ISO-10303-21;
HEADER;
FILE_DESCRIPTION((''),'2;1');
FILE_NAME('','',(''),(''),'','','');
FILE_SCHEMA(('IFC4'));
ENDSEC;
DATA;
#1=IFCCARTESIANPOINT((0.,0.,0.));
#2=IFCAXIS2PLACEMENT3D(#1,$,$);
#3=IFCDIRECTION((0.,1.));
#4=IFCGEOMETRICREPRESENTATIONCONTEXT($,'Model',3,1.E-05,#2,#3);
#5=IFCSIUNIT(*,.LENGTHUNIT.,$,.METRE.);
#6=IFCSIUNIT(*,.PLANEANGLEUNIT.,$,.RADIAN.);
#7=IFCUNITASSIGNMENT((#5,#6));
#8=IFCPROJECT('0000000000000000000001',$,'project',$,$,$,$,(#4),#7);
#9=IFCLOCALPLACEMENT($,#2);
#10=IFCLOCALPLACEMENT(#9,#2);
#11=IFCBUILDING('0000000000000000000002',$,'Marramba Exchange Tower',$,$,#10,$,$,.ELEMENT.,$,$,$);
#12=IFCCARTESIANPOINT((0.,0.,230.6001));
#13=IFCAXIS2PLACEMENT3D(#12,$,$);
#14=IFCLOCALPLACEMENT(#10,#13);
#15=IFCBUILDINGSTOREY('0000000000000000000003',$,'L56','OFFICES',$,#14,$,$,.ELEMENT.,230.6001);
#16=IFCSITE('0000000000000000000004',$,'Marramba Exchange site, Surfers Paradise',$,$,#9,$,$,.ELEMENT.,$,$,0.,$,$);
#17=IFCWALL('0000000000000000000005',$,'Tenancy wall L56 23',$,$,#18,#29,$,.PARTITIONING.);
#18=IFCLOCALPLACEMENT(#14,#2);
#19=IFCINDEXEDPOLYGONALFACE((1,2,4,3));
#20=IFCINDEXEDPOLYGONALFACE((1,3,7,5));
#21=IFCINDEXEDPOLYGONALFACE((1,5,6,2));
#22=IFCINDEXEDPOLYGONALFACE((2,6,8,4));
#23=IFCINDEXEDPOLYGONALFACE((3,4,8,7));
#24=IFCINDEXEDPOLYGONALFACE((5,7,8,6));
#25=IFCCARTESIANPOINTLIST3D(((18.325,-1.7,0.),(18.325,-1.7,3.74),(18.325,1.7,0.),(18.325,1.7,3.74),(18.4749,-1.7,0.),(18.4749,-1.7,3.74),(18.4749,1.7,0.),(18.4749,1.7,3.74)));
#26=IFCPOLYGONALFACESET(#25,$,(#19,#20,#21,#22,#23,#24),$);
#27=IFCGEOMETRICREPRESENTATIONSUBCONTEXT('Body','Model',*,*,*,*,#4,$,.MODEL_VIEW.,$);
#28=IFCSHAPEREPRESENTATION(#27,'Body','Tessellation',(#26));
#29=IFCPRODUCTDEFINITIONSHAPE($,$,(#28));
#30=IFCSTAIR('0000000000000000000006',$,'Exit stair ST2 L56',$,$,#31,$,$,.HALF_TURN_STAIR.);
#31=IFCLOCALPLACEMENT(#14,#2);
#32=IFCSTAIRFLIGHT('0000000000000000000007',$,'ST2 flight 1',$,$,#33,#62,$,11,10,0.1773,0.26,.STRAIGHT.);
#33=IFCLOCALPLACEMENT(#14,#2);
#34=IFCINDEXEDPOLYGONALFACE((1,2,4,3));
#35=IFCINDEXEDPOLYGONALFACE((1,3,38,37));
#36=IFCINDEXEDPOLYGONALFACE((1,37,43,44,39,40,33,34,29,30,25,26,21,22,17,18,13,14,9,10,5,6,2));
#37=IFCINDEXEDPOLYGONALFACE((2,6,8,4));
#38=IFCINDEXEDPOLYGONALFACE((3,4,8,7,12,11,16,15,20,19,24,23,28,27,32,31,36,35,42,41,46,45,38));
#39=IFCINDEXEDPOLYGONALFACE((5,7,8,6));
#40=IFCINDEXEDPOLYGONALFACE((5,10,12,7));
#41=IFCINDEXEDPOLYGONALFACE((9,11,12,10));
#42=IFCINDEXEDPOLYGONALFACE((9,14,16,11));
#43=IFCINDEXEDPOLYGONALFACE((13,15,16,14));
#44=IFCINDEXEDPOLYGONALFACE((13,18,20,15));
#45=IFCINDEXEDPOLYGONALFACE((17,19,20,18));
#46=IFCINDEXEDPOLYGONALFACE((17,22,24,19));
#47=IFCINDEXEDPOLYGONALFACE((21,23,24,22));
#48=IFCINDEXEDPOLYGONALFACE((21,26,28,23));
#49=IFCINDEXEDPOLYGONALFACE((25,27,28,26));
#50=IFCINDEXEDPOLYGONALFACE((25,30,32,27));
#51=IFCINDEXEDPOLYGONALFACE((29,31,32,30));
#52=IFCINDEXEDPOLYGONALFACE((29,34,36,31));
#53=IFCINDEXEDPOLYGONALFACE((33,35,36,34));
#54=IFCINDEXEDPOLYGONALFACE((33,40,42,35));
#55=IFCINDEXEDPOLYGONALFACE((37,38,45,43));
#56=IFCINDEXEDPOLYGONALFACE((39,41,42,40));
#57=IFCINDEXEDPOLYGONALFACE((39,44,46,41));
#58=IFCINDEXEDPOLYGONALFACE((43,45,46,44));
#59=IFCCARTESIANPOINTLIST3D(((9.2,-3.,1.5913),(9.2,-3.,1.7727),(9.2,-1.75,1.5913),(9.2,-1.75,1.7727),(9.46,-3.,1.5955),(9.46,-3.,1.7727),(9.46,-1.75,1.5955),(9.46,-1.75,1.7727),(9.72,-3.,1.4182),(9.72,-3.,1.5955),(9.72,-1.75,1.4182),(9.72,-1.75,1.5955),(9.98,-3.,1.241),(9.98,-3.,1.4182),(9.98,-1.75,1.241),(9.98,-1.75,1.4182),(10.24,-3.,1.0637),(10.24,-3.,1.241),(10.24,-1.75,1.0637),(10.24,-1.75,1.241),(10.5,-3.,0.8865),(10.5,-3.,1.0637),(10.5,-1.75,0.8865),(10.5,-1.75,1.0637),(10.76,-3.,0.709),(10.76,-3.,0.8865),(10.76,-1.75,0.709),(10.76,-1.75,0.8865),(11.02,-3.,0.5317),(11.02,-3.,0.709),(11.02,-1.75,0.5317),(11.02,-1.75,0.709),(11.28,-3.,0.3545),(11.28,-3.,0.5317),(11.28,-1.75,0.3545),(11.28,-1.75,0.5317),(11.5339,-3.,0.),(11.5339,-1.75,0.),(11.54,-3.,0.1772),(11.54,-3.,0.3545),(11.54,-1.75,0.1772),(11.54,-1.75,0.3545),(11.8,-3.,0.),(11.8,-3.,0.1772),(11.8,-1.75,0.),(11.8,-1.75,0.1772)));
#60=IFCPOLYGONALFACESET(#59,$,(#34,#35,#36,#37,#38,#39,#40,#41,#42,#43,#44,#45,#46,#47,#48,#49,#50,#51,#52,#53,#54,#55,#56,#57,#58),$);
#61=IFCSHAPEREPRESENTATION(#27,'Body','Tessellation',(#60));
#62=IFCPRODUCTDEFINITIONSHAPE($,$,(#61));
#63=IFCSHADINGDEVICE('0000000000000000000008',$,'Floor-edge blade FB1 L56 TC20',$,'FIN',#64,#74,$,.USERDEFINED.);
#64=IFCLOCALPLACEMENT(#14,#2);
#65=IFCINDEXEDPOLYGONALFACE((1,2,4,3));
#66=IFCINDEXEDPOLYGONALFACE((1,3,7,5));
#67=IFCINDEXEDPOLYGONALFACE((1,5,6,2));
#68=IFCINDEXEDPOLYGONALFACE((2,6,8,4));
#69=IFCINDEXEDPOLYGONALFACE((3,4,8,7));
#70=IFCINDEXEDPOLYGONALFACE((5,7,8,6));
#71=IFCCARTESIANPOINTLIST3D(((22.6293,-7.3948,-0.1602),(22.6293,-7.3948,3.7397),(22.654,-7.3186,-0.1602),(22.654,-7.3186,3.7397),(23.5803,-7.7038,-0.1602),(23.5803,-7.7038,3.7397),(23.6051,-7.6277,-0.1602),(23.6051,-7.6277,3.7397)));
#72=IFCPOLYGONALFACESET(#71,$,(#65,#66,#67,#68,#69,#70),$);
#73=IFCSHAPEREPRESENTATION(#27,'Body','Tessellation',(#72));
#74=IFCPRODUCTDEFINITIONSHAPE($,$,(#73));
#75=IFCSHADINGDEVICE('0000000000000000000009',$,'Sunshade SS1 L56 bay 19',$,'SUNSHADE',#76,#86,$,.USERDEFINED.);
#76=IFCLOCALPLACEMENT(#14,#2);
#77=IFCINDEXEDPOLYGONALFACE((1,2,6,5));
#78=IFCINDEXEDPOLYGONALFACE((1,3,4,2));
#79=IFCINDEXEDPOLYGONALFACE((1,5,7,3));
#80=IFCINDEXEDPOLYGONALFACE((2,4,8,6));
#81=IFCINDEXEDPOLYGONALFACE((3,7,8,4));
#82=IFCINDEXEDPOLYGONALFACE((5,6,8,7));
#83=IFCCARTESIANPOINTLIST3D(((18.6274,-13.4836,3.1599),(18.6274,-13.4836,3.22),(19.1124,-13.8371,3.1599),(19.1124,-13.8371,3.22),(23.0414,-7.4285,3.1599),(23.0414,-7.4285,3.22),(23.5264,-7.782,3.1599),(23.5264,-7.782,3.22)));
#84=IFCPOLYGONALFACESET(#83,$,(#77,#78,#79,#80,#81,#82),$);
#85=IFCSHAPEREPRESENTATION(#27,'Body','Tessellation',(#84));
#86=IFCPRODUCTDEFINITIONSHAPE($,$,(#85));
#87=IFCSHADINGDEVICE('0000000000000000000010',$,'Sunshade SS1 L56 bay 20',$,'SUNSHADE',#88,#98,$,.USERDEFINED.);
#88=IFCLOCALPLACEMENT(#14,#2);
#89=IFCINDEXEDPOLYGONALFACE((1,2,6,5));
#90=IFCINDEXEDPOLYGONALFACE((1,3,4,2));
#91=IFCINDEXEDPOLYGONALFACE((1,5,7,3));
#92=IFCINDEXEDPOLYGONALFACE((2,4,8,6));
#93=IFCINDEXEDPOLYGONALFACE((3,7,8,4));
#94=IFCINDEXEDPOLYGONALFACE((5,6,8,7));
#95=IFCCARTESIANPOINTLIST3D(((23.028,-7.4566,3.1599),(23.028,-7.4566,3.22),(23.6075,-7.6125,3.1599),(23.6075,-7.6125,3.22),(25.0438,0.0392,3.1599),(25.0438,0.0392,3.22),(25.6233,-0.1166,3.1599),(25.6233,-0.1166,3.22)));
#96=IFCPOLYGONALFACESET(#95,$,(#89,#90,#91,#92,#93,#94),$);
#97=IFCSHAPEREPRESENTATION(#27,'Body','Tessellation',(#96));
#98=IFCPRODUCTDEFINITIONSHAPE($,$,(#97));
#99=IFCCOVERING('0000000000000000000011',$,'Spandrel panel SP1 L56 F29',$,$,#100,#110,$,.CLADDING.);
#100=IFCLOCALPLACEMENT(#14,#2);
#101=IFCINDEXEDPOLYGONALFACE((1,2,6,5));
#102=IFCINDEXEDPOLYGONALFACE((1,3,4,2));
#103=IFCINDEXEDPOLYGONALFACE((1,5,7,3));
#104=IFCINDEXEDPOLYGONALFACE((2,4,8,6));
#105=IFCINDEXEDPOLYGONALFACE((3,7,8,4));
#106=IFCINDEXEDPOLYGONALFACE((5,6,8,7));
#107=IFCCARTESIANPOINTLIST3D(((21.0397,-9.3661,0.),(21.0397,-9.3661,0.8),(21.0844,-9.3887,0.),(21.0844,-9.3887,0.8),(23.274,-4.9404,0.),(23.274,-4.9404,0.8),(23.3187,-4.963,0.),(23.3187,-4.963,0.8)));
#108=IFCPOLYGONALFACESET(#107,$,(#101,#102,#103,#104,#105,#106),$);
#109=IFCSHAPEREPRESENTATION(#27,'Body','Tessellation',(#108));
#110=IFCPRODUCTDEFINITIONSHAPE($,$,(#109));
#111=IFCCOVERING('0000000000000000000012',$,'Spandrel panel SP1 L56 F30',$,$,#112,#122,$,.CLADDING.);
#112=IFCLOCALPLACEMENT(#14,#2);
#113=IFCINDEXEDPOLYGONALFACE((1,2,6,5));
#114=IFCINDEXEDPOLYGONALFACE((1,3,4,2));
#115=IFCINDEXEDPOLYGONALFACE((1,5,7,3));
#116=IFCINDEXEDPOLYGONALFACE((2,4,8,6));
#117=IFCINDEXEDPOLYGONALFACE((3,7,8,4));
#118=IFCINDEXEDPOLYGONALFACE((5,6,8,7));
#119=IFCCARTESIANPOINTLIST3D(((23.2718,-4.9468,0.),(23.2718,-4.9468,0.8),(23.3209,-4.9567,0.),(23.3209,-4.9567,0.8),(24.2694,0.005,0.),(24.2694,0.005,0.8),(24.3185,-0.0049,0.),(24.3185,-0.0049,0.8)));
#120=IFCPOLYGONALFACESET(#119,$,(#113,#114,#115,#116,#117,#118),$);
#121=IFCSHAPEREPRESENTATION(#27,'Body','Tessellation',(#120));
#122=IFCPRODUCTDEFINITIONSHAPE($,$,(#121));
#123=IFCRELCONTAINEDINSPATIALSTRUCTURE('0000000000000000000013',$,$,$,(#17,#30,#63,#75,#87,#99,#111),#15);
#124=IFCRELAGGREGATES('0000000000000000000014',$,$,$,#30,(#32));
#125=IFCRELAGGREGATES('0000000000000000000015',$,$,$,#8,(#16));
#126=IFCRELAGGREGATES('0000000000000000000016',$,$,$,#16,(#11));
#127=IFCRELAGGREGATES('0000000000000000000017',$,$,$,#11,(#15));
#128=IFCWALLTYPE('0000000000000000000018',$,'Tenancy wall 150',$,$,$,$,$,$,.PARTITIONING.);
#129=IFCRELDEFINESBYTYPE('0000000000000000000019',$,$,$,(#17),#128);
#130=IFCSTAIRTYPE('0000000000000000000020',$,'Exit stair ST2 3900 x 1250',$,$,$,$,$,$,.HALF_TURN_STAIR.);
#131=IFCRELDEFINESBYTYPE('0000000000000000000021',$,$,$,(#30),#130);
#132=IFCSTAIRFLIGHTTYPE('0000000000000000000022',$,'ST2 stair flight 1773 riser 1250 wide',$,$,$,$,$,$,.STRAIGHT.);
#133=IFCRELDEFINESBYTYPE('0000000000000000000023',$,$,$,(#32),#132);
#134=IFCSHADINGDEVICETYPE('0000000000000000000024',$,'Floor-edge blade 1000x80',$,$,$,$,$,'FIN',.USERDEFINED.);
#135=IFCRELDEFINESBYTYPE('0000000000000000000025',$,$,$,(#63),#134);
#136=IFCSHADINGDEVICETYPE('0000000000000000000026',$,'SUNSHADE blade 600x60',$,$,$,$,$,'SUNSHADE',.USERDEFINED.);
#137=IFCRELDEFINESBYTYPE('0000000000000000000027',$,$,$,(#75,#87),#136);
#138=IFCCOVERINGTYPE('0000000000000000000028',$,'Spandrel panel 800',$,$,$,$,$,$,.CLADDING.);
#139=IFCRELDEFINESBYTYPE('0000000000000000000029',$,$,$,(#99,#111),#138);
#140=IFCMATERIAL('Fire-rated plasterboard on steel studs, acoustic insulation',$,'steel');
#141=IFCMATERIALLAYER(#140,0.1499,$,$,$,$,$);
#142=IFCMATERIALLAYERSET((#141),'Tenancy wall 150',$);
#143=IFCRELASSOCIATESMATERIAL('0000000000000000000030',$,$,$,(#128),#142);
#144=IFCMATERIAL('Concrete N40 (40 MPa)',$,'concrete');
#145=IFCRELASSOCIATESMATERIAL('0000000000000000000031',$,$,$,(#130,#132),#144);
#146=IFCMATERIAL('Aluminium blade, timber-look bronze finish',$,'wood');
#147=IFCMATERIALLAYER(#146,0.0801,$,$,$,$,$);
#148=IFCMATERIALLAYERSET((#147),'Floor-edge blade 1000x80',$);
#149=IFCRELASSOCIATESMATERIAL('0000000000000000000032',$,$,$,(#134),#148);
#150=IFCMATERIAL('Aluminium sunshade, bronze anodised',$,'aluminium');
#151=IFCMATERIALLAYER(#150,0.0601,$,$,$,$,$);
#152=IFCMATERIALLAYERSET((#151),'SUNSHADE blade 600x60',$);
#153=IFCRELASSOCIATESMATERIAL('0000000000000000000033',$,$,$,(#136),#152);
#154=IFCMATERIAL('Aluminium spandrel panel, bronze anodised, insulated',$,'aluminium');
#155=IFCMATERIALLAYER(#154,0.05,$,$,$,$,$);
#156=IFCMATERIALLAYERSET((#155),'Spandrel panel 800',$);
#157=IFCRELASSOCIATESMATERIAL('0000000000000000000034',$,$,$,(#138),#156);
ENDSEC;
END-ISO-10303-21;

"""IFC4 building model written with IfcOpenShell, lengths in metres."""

from ifc_helpers import new_model, si_unit, direction, frame, frame_2d, origin, origin_2d, place, context, subcontext, project, spatial, polyline, rectangle, outline, extrude, material, layer, layer_set, type_object, element, aggregate, save


model = new_model("IFC4")

# Units and contexts
model_context = context("Model", 3, precision=1e-05, world=origin(), true_north=direction((0.0, 1.0)))
body_context = subcontext(model_context, "Body", "Model", "MODEL_VIEW")
ifc_project = project(units=[si_unit("LENGTHUNIT", "METRE"), si_unit("PLANEANGLEUNIT", "RADIAN")], contexts=[model_context])

# Site, building, storey
site_placement = place(None, origin())
site = spatial("IfcSite", under=ifc_project, at=site_placement, Name="Marramba Exchange site, Surfers Paradise", CompositionType="ELEMENT", RefElevation=0.0)
building_placement = place(site_placement, origin())
building = spatial("IfcBuilding", under=site, at=building_placement, Name="Marramba Exchange Tower", CompositionType="ELEMENT")
storey_placement = place(building_placement, frame((0.0, 0.0, 230.6001)))
storey = spatial("IfcBuildingStorey", under=building, at=storey_placement, Name="L56", Description="OFFICES", CompositionType="ELEMENT", Elevation=230.6001)

# Wall
ifc_material_1 = material(Name="Fire-rated plasterboard on steel studs, acoustic insulation", Category="steel")
ifc_layer_1 = layer(ifc_material_1, 0.1499)
ifc_layer_set_1 = layer_set([ifc_layer_1], Name="Tenancy wall 150")
wall_type_1 = type_object("IfcWallType", Name="Tenancy wall 150", PredefinedType="PARTITIONING", material=ifc_layer_set_1)
wall_1_placement = place(storey_placement, frame((18.3999, -1.7, 0.0), z_axis=(0.0, 0.0, 1.0), x_axis=(0.0, 1.0, 0.0)))
element("IfcWall", 1, at=wall_1_placement, inside=storey, type_object=wall_type_1, Name="Tenancy wall L56 23", PredefinedType="PARTITIONING", context=body_context, shape_type="SweptSolid", body=[
    extrude(rectangle(XDim=3.3999, YDim=0.1499, at=frame_2d((1.7, 0.0))), origin(), (0.0, 0.0, 1.0), 3.74),
])

# Stair, stair flight
ifc_material_2 = material(Name="Concrete N40 (40 MPa)", Category="concrete")
stair_type = type_object("IfcStairType", Name="Exit stair ST2 3900 x 1250", PredefinedType="HALF_TURN_STAIR", material=ifc_material_2)
stair_placement = place(storey_placement, origin())
stair = element("IfcStair", 2, at=stair_placement, inside=storey, type_object=stair_type, Name="Exit stair ST2 L56", PredefinedType="HALF_TURN_STAIR")
stair_flight_type = type_object("IfcStairFlightType", Name="ST2 stair flight 1773 riser 1250 wide", PredefinedType="STRAIGHT", material=ifc_material_2)
stair_flight_placement = place(storey_placement, frame((11.8, -2.375, 0.0), z_axis=(0.0, 0.0, 1.0), x_axis=(-1.0, 0.0, 0.0)))
stair_flight = element("IfcStairFlight", 3, at=stair_flight_placement, type_object=stair_flight_type, Name="ST2 flight 1", NumberOfRisers=11, NumberOfTreads=10, PredefinedType="STRAIGHT", RiserHeight=0.1773, TreadLength=0.26, context=body_context, shape_type="SweptSolid", body=[
    extrude(outline(polyline([(0.0, 0.0), (0.0, 0.1772), (0.26, 0.1772), (0.26, 0.3545), (0.52, 0.3545), (0.52, 0.5317), (0.78, 0.5317), (0.78, 0.709), (1.04, 0.709), (1.04, 0.8865), (1.3, 0.8865), (1.3, 1.0637), (1.5601, 1.0637), (1.5601, 1.241), (1.8201, 1.241), (1.8201, 1.4182), (2.0801, 1.4182), (2.0801, 1.5955), (2.3401, 1.5955), (2.3401, 1.7727), (2.6001, 1.7727), (2.6001, 1.95), (2.6001, 1.5913), (0.2661, 0.0), (0.0, 0.0)])), frame((0.0, 0.625, 0.0), z_axis=(0.0, -1.0, 0.0), x_axis=(1.0, 0.0, 0.0)), (0.0, 0.0, 1.0), 1.25),
])
aggregate(stair, [stair_flight])

# Shading devices
ifc_material_3 = material(Name="Aluminium blade, timber-look bronze finish", Category="wood")
ifc_layer_2 = layer(ifc_material_3, 0.0801)
ifc_layer_set_2 = layer_set([ifc_layer_2], Name="Floor-edge blade 1000x80")
shading_device_type_1 = type_object("IfcShadingDeviceType", Name="Floor-edge blade 1000x80", ElementType="FIN", PredefinedType="USERDEFINED", material=ifc_layer_set_2)
shading_device_1_placement = place(storey_placement, frame((23.1172, -7.5112, -0.1602), z_axis=(0.0, 0.0, 1.0), x_axis=(0.951057, -0.309017, 0.0)))
element("IfcShadingDevice", 4, at=shading_device_1_placement, inside=storey, type_object=shading_device_type_1, Name="Floor-edge blade FB1 L56 TC20", ObjectType="FIN", PredefinedType="USERDEFINED", context=body_context, shape_type="SweptSolid", body=[
    extrude(rectangle(XDim=1.0, YDim=0.0801, at=origin_2d()), origin(), (0.0, 0.0, 1.0), 3.8999),
])
ifc_material_4 = material(Name="Aluminium sunshade, bronze anodised", Category="aluminium")
ifc_layer_3 = layer(ifc_material_4, 0.0601)
ifc_layer_set_3 = layer_set([ifc_layer_3], Name="SUNSHADE blade 600x60")
shading_device_type_2 = type_object("IfcShadingDeviceType", Name="SUNSHADE blade 600x60", ElementType="SUNSHADE", PredefinedType="USERDEFINED", material=ifc_layer_set_3)
shading_device_2_placement = place(storey_placement, frame((21.0769, -10.6328, 3.1599), z_axis=(0.0, 0.0, 1.0), x_axis=(0.589072, 0.808081, 0.0)))
element("IfcShadingDevice", 5, at=shading_device_2_placement, inside=storey, type_object=shading_device_type_2, Name="Sunshade SS1 L56 bay 19", ObjectType="SUNSHADE", PredefinedType="USERDEFINED", context=body_context, shape_type="SweptSolid", body=[
    extrude(rectangle(XDim=7.4932, YDim=0.6001, at=origin_2d()), origin(), (0.0, 0.0, 1.0), 0.0601),
])
shading_device_3_placement = place(storey_placement, frame((24.3257, -3.7866, 3.1599), z_axis=(0.0, 0.0, 1.0), x_axis=(0.259692, 0.965691, 0.0)))
element("IfcShadingDevice", 6, at=shading_device_3_placement, inside=storey, type_object=shading_device_type_2, Name="Sunshade SS1 L56 bay 20", ObjectType="SUNSHADE", PredefinedType="USERDEFINED", context=body_context, shape_type="SweptSolid", body=[
    extrude(rectangle(XDim=7.7622, YDim=0.6001, at=origin_2d()), origin(), (0.0, 0.0, 1.0), 0.0601),
])

# Coverings
ifc_material_5 = material(Name="Aluminium spandrel panel, bronze anodised, insulated", Category="aluminium")
ifc_layer_4 = layer(ifc_material_5, 0.05)
ifc_layer_set_4 = layer_set([ifc_layer_4], Name="Spandrel panel 800")
covering_type = type_object("IfcCoveringType", Name="Spandrel panel 800", PredefinedType="CLADDING", material=ifc_layer_set_4)
covering_1_placement = place(storey_placement, frame((22.1792, -7.1646, 0.0), z_axis=(0.0, 0.0, 1.0), x_axis=(0.450673, 0.892689, 0.0)))
element("IfcCovering", 7, at=covering_1_placement, inside=storey, type_object=covering_type, Name="Spandrel panel SP1 L56 F29", PredefinedType="CLADDING", context=body_context, shape_type="SweptSolid", body=[
    extrude(rectangle(XDim=4.9578, YDim=0.05, at=origin_2d()), origin(), (0.0, 0.0, 1.0), 0.8),
])
covering_2_placement = place(storey_placement, frame((23.7952, -2.4758, 0.0), z_axis=(0.0, 0.0, 1.0), x_axis=(0.197495, 0.980304, 0.0)))
element("IfcCovering", 8, at=covering_2_placement, inside=storey, type_object=covering_type, Name="Spandrel panel SP1 L56 F30", PredefinedType="CLADDING", context=body_context, shape_type="SweptSolid", body=[
    extrude(rectangle(XDim=5.0513, YDim=0.05, at=origin_2d()), origin(), (0.0, 0.0, 1.0), 0.8),
])

save(model, "model.ifc")
